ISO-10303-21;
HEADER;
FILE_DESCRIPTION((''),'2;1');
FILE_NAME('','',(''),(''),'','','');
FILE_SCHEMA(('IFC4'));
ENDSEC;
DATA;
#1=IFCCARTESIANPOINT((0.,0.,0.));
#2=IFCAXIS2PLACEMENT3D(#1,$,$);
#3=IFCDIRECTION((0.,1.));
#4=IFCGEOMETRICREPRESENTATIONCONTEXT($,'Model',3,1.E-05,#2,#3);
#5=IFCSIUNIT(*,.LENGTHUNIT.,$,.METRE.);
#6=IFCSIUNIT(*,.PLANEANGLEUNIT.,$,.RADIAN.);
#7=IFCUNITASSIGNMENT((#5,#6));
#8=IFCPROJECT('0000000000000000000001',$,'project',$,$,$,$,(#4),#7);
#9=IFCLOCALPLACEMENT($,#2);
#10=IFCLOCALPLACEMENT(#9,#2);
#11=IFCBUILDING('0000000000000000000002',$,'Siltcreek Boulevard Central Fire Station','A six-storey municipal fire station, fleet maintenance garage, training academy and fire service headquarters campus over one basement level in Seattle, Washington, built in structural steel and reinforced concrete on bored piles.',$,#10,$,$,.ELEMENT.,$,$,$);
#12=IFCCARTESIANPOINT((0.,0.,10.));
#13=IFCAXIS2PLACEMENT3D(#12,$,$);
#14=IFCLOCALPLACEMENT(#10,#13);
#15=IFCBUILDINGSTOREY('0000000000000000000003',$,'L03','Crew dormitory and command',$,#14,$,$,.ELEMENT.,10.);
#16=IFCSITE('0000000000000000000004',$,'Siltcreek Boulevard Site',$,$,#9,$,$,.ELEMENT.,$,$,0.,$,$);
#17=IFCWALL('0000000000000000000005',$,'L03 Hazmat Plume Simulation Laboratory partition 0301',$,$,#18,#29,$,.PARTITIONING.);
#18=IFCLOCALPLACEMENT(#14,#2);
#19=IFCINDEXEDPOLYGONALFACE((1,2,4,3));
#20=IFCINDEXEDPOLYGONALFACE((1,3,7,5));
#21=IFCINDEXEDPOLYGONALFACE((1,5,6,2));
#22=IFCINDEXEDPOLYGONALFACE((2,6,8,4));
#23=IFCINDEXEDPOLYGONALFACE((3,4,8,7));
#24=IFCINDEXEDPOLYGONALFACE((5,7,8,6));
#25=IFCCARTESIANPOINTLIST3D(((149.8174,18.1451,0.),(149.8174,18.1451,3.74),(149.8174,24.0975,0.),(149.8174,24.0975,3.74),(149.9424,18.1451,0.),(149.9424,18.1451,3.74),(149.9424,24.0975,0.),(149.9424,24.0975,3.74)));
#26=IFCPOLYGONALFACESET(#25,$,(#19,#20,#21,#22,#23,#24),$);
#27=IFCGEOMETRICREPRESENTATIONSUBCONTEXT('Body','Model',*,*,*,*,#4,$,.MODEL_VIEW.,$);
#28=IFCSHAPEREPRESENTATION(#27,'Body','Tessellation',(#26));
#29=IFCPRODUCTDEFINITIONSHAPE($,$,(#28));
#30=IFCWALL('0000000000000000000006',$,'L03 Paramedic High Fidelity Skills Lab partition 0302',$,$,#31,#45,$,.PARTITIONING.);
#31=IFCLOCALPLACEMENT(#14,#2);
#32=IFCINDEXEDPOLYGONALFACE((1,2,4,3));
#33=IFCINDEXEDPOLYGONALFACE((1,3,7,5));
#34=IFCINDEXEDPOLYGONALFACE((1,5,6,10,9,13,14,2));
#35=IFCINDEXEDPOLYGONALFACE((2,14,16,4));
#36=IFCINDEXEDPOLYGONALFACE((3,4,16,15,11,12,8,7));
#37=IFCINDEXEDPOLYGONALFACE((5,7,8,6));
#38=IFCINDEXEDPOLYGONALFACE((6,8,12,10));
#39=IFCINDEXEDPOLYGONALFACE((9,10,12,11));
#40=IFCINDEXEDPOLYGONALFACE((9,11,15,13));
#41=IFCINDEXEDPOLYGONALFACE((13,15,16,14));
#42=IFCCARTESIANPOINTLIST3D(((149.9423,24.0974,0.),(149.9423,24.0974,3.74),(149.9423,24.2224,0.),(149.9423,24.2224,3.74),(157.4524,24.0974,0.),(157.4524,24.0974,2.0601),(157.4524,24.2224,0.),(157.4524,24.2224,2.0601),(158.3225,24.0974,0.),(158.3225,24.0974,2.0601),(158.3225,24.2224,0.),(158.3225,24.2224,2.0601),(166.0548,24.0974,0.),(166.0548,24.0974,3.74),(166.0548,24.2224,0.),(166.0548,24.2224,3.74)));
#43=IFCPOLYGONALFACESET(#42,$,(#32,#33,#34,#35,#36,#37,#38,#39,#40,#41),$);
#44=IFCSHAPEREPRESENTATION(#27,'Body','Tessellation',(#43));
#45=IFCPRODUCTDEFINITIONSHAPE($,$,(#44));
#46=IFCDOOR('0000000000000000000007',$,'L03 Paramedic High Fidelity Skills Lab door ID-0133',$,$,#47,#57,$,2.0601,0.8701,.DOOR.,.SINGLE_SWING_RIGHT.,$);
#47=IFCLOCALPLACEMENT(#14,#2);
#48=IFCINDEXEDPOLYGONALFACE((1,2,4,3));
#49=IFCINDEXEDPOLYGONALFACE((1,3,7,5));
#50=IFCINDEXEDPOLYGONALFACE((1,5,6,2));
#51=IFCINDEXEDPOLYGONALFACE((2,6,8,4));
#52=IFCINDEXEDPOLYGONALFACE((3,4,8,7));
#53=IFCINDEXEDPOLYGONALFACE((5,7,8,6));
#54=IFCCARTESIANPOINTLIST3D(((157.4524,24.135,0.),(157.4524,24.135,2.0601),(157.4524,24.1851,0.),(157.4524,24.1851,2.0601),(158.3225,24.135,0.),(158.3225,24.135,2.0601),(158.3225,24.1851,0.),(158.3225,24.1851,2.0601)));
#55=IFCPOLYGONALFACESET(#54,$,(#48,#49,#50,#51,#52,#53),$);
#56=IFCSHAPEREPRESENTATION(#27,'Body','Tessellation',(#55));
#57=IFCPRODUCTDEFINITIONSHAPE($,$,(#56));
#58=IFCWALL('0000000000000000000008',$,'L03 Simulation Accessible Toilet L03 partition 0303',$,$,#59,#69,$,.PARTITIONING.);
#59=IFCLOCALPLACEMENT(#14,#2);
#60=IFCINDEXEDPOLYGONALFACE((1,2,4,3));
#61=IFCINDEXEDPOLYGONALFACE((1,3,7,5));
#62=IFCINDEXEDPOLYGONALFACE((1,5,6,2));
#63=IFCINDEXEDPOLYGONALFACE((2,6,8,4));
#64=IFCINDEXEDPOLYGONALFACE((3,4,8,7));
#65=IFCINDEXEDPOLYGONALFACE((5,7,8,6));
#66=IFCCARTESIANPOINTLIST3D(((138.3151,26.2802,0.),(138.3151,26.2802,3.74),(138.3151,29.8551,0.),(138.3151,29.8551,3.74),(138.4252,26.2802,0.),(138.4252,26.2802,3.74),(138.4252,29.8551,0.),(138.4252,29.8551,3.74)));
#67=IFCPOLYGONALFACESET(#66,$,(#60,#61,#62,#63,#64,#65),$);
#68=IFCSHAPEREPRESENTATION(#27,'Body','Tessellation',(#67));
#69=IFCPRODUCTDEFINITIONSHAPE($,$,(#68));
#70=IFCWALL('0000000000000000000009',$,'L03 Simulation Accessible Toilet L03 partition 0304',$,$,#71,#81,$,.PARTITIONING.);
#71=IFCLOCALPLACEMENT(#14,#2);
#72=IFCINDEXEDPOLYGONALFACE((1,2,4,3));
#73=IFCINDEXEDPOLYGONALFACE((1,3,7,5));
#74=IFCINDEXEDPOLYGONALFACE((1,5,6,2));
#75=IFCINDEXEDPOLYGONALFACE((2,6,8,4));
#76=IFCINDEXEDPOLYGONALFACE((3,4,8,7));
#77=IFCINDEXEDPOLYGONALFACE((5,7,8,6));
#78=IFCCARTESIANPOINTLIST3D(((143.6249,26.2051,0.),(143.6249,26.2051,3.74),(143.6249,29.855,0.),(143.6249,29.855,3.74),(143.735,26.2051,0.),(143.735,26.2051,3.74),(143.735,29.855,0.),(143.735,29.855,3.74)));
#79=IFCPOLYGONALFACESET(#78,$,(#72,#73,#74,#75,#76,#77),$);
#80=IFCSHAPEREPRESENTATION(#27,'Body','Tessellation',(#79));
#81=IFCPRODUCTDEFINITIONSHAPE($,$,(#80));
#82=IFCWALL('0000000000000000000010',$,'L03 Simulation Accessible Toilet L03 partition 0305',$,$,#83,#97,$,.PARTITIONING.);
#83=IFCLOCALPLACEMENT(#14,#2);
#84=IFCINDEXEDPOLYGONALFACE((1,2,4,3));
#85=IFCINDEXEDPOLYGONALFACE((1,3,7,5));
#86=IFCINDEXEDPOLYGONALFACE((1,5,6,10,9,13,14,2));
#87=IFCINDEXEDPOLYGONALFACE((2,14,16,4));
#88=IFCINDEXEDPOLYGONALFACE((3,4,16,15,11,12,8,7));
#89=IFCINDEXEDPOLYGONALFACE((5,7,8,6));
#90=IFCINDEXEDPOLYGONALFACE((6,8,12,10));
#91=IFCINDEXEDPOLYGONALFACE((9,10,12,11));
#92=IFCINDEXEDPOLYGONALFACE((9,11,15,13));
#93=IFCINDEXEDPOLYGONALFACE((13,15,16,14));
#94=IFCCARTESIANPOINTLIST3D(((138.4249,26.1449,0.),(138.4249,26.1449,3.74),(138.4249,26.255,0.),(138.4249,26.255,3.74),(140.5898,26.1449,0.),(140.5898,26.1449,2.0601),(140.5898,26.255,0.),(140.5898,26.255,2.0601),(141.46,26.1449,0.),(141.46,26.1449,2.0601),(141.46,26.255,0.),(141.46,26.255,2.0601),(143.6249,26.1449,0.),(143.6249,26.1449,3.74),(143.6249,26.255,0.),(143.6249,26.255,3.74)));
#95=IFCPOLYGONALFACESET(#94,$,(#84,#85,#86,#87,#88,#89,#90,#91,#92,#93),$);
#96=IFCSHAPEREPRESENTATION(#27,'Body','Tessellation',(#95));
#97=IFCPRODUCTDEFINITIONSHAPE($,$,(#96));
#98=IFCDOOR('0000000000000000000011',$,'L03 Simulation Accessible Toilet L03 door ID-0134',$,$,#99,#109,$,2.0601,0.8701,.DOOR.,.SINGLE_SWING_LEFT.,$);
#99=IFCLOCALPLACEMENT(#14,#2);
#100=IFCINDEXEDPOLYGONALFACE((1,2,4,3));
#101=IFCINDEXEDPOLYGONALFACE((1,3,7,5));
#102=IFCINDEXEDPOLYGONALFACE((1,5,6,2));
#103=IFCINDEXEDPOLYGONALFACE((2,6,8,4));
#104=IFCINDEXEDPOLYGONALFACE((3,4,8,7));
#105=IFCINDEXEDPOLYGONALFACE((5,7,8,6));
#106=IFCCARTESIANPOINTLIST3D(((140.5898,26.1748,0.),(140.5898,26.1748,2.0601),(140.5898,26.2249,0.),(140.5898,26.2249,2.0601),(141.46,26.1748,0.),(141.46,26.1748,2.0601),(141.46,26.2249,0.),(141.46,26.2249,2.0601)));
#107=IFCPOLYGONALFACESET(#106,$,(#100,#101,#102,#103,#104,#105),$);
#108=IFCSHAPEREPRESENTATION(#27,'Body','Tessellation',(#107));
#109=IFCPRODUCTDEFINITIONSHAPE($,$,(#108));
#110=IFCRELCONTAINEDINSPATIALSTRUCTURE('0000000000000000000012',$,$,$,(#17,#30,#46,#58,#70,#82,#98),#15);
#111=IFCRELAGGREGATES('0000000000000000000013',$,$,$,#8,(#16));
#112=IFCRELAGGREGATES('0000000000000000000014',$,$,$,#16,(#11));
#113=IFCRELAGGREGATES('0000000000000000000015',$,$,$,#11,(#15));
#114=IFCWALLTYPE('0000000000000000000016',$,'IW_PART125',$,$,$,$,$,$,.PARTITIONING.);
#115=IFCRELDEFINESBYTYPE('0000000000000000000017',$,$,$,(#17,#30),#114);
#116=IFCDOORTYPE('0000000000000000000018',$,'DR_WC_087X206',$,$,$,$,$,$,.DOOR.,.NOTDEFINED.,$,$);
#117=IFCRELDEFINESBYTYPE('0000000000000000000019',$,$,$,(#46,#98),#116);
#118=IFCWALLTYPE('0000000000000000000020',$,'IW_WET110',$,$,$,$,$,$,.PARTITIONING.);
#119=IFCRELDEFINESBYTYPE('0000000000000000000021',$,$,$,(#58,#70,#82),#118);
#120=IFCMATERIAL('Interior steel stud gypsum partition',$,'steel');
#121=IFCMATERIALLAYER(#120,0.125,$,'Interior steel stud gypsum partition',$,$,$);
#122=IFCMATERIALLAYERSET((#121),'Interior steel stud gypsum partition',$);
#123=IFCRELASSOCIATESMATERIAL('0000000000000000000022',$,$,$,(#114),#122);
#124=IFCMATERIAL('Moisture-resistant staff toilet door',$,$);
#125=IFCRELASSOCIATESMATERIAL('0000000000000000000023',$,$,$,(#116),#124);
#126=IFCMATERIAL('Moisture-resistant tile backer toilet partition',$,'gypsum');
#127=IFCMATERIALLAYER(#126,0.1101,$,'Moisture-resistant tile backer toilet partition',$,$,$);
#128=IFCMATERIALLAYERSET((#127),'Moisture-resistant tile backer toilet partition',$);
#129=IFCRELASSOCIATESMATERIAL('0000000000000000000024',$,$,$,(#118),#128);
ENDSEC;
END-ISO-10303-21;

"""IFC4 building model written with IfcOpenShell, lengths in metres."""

from ifc_helpers import new_model, si_unit, direction, frame, frame_2d, origin, place, context, subcontext, project, spatial, rectangle, extrude, material, layer, layer_set, type_object, element, fill, save


model = new_model("IFC4")

# Units and contexts
model_context = context("Model", 3, precision=1e-05, world=origin(), true_north=direction((0.0, 1.0)))
body_context = subcontext(model_context, "Body", "Model", "MODEL_VIEW")
ifc_project = project(units=[si_unit("LENGTHUNIT", "METRE"), si_unit("PLANEANGLEUNIT", "RADIAN")], contexts=[model_context])

# Site, building, storey
site_placement = place(None, origin())
site = spatial("IfcSite", under=ifc_project, at=site_placement, Name="Siltcreek Boulevard Site", CompositionType="ELEMENT", RefElevation=0.0)
building_placement = place(site_placement, origin())
building = spatial("IfcBuilding", under=site, at=building_placement, Name="Siltcreek Boulevard Central Fire Station", Description="A six-storey municipal fire station, fleet maintenance garage, training academy and fire service headquarters campus over one basement level in Seattle, Washington, built in structural steel and reinforced concrete on bored piles.", CompositionType="ELEMENT")
storey_placement = place(building_placement, frame((0.0, 0.0, 10.0)))
storey = spatial("IfcBuildingStorey", under=building, at=storey_placement, Name="L03", Description="Crew dormitory and command", CompositionType="ELEMENT", Elevation=10.0)

# Wall
ifc_material_1 = material(Name="Interior steel stud gypsum partition", Category="steel")
ifc_layer_1 = layer(ifc_material_1, 0.125, Name="Interior steel stud gypsum partition")
ifc_layer_set_1 = layer_set([ifc_layer_1], Name="Interior steel stud gypsum partition")
wall_type_1 = type_object("IfcWallType", Name="IW_PART125", PredefinedType="PARTITIONING", material=ifc_layer_set_1)
wall_1_placement = place(storey_placement, frame((149.8799, 24.0974, 0.0), z_axis=(0.0, 0.0, 1.0), x_axis=(0.0, -1.0, 0.0)))
element("IfcWall", 1, at=wall_1_placement, inside=storey, type_object=wall_type_1, Name="L03 Hazmat Plume Simulation Laboratory partition 0301", PredefinedType="PARTITIONING", context=body_context, shape_type="SweptSolid", body=[
    extrude(rectangle(XDim=5.9524, YDim=0.125, at=frame_2d((2.9761, 0.0))), origin(), (0.0, 0.0, 1.0), 3.74),
])

# Wall, opening, door
wall_2_placement = place(storey_placement, frame((149.9424, 24.1599, 0.0), z_axis=(0.0, 0.0, 1.0), x_axis=(1.0, 0.0, 0.0)))
wall_2 = element("IfcWall", 2, at=wall_2_placement, inside=storey, type_object=wall_type_1, Name="L03 Paramedic High Fidelity Skills Lab partition 0302", PredefinedType="PARTITIONING", context=body_context, shape_type="SweptSolid", body=[
    extrude(rectangle(XDim=16.1125, YDim=0.125, at=frame_2d((8.0562, 0.0))), origin(), (0.0, 0.0, 1.0), 3.74),
])
opening_1_placement = place(wall_2_placement, frame((7.51, 0.0, 0.0)))
opening_1 = element("IfcOpeningElement", 3, at=opening_1_placement, cuts=wall_2, PredefinedType="OPENING", context=body_context, shape_type="SweptSolid", body=[
    extrude(rectangle(XDim=0.8701, YDim=2.0601, at=frame_2d((0.4351, 1.03))), frame((0.0, 0.0725, 0.0), z_axis=(0.0, -1.0, 0.0), x_axis=(1.0, 0.0, 0.0)), (0.0, 0.0, 1.0), 0.145),
])
ifc_material_2 = material(Name="Moisture-resistant staff toilet door")
door_type = type_object("IfcDoorType", Name="DR_WC_087X206", OperationType="NOTDEFINED", PredefinedType="DOOR", material=ifc_material_2)
door_1_placement = place(opening_1_placement, frame((0.8701, 0.0, 0.0), z_axis=(0.0, 0.0, 1.0), x_axis=(-1.0, 0.0, 0.0)))
door_1 = element("IfcDoor", 4, at=door_1_placement, inside=storey, type_object=door_type, Name="L03 Paramedic High Fidelity Skills Lab door ID-0133", OperationType="SINGLE_SWING_RIGHT", OverallHeight=2.0601, OverallWidth=0.8701, PredefinedType="DOOR", context=body_context, shape_type="SweptSolid", body=[
    extrude(rectangle(XDim=0.8701, YDim=2.0601, at=frame_2d((0.4351, 1.03))), frame((0.0, 0.0249, 0.0), z_axis=(0.0, -1.0, 0.0), x_axis=(1.0, 0.0, 0.0)), (0.0, 0.0, 1.0), 0.05),
])
fill(opening_1, door_1)

# Walls
ifc_material_3 = material(Name="Moisture-resistant tile backer toilet partition", Category="gypsum")
ifc_layer_2 = layer(ifc_material_3, 0.1101, Name="Moisture-resistant tile backer toilet partition")
ifc_layer_set_2 = layer_set([ifc_layer_2], Name="Moisture-resistant tile backer toilet partition")
wall_type_2 = type_object("IfcWallType", Name="IW_WET110", PredefinedType="PARTITIONING", material=ifc_layer_set_2)
wall_3_placement = place(storey_placement, frame((138.3701, 26.28, 0.0), z_axis=(0.0, 0.0, 1.0), x_axis=(0.0, 1.0, 0.0)))
element("IfcWall", 5, at=wall_3_placement, inside=storey, type_object=wall_type_2, Name="L03 Simulation Accessible Toilet L03 partition 0303", PredefinedType="PARTITIONING", context=body_context, shape_type="SweptSolid", body=[
    extrude(rectangle(XDim=3.575, YDim=0.1101, at=frame_2d((1.7876, 0.0))), origin(), (0.0, 0.0, 1.0), 3.74),
])
wall_4_placement = place(storey_placement, frame((143.6799, 29.855, 0.0), z_axis=(0.0, 0.0, 1.0), x_axis=(0.0, -1.0, 0.0)))
element("IfcWall", 6, at=wall_4_placement, inside=storey, type_object=wall_type_2, Name="L03 Simulation Accessible Toilet L03 partition 0304", PredefinedType="PARTITIONING", context=body_context, shape_type="SweptSolid", body=[
    extrude(rectangle(XDim=3.6499, YDim=0.1101, at=frame_2d((1.825, 0.0))), origin(), (0.0, 0.0, 1.0), 3.74),
])

# Wall, opening, door
wall_5_placement = place(storey_placement, frame((143.625, 26.2, 0.0), z_axis=(0.0, 0.0, 1.0), x_axis=(-1.0, 0.0, 0.0)))
wall_5 = element("IfcWall", 7, at=wall_5_placement, inside=storey, type_object=wall_type_2, Name="L03 Simulation Accessible Toilet L03 partition 0305", PredefinedType="PARTITIONING", context=body_context, shape_type="SweptSolid", body=[
    extrude(rectangle(XDim=5.2, YDim=0.1101, at=frame_2d((2.6001, 0.0))), origin(), (0.0, 0.0, 1.0), 3.74),
])
opening_2_placement = place(wall_5_placement, frame((2.165, 0.0, 0.0)))
opening_2 = element("IfcOpeningElement", 8, at=opening_2_placement, cuts=wall_5, PredefinedType="OPENING", context=body_context, shape_type="SweptSolid", body=[
    extrude(rectangle(XDim=0.8701, YDim=2.0601, at=frame_2d((0.4351, 1.03))), frame((0.0, 0.0649, 0.0), z_axis=(0.0, -1.0, 0.0), x_axis=(1.0, 0.0, 0.0)), (0.0, 0.0, 1.0), 0.1301),
])
door_2_placement = place(opening_2_placement, frame((0.8701, 0.0, 0.0), z_axis=(0.0, 0.0, 1.0), x_axis=(-1.0, 0.0, 0.0)))
door_2 = element("IfcDoor", 9, at=door_2_placement, inside=storey, type_object=door_type, Name="L03 Simulation Accessible Toilet L03 door ID-0134", OperationType="SINGLE_SWING_LEFT", OverallHeight=2.0601, OverallWidth=0.8701, PredefinedType="DOOR", context=body_context, shape_type="SweptSolid", body=[
    extrude(rectangle(XDim=0.8701, YDim=2.0601, at=frame_2d((0.4351, 1.03))), frame((0.0, 0.0249, 0.0), z_axis=(0.0, -1.0, 0.0), x_axis=(1.0, 0.0, 0.0)), (0.0, 0.0, 1.0), 0.05),
])
fill(opening_2, door_2)

save(model, "model.ifc")
